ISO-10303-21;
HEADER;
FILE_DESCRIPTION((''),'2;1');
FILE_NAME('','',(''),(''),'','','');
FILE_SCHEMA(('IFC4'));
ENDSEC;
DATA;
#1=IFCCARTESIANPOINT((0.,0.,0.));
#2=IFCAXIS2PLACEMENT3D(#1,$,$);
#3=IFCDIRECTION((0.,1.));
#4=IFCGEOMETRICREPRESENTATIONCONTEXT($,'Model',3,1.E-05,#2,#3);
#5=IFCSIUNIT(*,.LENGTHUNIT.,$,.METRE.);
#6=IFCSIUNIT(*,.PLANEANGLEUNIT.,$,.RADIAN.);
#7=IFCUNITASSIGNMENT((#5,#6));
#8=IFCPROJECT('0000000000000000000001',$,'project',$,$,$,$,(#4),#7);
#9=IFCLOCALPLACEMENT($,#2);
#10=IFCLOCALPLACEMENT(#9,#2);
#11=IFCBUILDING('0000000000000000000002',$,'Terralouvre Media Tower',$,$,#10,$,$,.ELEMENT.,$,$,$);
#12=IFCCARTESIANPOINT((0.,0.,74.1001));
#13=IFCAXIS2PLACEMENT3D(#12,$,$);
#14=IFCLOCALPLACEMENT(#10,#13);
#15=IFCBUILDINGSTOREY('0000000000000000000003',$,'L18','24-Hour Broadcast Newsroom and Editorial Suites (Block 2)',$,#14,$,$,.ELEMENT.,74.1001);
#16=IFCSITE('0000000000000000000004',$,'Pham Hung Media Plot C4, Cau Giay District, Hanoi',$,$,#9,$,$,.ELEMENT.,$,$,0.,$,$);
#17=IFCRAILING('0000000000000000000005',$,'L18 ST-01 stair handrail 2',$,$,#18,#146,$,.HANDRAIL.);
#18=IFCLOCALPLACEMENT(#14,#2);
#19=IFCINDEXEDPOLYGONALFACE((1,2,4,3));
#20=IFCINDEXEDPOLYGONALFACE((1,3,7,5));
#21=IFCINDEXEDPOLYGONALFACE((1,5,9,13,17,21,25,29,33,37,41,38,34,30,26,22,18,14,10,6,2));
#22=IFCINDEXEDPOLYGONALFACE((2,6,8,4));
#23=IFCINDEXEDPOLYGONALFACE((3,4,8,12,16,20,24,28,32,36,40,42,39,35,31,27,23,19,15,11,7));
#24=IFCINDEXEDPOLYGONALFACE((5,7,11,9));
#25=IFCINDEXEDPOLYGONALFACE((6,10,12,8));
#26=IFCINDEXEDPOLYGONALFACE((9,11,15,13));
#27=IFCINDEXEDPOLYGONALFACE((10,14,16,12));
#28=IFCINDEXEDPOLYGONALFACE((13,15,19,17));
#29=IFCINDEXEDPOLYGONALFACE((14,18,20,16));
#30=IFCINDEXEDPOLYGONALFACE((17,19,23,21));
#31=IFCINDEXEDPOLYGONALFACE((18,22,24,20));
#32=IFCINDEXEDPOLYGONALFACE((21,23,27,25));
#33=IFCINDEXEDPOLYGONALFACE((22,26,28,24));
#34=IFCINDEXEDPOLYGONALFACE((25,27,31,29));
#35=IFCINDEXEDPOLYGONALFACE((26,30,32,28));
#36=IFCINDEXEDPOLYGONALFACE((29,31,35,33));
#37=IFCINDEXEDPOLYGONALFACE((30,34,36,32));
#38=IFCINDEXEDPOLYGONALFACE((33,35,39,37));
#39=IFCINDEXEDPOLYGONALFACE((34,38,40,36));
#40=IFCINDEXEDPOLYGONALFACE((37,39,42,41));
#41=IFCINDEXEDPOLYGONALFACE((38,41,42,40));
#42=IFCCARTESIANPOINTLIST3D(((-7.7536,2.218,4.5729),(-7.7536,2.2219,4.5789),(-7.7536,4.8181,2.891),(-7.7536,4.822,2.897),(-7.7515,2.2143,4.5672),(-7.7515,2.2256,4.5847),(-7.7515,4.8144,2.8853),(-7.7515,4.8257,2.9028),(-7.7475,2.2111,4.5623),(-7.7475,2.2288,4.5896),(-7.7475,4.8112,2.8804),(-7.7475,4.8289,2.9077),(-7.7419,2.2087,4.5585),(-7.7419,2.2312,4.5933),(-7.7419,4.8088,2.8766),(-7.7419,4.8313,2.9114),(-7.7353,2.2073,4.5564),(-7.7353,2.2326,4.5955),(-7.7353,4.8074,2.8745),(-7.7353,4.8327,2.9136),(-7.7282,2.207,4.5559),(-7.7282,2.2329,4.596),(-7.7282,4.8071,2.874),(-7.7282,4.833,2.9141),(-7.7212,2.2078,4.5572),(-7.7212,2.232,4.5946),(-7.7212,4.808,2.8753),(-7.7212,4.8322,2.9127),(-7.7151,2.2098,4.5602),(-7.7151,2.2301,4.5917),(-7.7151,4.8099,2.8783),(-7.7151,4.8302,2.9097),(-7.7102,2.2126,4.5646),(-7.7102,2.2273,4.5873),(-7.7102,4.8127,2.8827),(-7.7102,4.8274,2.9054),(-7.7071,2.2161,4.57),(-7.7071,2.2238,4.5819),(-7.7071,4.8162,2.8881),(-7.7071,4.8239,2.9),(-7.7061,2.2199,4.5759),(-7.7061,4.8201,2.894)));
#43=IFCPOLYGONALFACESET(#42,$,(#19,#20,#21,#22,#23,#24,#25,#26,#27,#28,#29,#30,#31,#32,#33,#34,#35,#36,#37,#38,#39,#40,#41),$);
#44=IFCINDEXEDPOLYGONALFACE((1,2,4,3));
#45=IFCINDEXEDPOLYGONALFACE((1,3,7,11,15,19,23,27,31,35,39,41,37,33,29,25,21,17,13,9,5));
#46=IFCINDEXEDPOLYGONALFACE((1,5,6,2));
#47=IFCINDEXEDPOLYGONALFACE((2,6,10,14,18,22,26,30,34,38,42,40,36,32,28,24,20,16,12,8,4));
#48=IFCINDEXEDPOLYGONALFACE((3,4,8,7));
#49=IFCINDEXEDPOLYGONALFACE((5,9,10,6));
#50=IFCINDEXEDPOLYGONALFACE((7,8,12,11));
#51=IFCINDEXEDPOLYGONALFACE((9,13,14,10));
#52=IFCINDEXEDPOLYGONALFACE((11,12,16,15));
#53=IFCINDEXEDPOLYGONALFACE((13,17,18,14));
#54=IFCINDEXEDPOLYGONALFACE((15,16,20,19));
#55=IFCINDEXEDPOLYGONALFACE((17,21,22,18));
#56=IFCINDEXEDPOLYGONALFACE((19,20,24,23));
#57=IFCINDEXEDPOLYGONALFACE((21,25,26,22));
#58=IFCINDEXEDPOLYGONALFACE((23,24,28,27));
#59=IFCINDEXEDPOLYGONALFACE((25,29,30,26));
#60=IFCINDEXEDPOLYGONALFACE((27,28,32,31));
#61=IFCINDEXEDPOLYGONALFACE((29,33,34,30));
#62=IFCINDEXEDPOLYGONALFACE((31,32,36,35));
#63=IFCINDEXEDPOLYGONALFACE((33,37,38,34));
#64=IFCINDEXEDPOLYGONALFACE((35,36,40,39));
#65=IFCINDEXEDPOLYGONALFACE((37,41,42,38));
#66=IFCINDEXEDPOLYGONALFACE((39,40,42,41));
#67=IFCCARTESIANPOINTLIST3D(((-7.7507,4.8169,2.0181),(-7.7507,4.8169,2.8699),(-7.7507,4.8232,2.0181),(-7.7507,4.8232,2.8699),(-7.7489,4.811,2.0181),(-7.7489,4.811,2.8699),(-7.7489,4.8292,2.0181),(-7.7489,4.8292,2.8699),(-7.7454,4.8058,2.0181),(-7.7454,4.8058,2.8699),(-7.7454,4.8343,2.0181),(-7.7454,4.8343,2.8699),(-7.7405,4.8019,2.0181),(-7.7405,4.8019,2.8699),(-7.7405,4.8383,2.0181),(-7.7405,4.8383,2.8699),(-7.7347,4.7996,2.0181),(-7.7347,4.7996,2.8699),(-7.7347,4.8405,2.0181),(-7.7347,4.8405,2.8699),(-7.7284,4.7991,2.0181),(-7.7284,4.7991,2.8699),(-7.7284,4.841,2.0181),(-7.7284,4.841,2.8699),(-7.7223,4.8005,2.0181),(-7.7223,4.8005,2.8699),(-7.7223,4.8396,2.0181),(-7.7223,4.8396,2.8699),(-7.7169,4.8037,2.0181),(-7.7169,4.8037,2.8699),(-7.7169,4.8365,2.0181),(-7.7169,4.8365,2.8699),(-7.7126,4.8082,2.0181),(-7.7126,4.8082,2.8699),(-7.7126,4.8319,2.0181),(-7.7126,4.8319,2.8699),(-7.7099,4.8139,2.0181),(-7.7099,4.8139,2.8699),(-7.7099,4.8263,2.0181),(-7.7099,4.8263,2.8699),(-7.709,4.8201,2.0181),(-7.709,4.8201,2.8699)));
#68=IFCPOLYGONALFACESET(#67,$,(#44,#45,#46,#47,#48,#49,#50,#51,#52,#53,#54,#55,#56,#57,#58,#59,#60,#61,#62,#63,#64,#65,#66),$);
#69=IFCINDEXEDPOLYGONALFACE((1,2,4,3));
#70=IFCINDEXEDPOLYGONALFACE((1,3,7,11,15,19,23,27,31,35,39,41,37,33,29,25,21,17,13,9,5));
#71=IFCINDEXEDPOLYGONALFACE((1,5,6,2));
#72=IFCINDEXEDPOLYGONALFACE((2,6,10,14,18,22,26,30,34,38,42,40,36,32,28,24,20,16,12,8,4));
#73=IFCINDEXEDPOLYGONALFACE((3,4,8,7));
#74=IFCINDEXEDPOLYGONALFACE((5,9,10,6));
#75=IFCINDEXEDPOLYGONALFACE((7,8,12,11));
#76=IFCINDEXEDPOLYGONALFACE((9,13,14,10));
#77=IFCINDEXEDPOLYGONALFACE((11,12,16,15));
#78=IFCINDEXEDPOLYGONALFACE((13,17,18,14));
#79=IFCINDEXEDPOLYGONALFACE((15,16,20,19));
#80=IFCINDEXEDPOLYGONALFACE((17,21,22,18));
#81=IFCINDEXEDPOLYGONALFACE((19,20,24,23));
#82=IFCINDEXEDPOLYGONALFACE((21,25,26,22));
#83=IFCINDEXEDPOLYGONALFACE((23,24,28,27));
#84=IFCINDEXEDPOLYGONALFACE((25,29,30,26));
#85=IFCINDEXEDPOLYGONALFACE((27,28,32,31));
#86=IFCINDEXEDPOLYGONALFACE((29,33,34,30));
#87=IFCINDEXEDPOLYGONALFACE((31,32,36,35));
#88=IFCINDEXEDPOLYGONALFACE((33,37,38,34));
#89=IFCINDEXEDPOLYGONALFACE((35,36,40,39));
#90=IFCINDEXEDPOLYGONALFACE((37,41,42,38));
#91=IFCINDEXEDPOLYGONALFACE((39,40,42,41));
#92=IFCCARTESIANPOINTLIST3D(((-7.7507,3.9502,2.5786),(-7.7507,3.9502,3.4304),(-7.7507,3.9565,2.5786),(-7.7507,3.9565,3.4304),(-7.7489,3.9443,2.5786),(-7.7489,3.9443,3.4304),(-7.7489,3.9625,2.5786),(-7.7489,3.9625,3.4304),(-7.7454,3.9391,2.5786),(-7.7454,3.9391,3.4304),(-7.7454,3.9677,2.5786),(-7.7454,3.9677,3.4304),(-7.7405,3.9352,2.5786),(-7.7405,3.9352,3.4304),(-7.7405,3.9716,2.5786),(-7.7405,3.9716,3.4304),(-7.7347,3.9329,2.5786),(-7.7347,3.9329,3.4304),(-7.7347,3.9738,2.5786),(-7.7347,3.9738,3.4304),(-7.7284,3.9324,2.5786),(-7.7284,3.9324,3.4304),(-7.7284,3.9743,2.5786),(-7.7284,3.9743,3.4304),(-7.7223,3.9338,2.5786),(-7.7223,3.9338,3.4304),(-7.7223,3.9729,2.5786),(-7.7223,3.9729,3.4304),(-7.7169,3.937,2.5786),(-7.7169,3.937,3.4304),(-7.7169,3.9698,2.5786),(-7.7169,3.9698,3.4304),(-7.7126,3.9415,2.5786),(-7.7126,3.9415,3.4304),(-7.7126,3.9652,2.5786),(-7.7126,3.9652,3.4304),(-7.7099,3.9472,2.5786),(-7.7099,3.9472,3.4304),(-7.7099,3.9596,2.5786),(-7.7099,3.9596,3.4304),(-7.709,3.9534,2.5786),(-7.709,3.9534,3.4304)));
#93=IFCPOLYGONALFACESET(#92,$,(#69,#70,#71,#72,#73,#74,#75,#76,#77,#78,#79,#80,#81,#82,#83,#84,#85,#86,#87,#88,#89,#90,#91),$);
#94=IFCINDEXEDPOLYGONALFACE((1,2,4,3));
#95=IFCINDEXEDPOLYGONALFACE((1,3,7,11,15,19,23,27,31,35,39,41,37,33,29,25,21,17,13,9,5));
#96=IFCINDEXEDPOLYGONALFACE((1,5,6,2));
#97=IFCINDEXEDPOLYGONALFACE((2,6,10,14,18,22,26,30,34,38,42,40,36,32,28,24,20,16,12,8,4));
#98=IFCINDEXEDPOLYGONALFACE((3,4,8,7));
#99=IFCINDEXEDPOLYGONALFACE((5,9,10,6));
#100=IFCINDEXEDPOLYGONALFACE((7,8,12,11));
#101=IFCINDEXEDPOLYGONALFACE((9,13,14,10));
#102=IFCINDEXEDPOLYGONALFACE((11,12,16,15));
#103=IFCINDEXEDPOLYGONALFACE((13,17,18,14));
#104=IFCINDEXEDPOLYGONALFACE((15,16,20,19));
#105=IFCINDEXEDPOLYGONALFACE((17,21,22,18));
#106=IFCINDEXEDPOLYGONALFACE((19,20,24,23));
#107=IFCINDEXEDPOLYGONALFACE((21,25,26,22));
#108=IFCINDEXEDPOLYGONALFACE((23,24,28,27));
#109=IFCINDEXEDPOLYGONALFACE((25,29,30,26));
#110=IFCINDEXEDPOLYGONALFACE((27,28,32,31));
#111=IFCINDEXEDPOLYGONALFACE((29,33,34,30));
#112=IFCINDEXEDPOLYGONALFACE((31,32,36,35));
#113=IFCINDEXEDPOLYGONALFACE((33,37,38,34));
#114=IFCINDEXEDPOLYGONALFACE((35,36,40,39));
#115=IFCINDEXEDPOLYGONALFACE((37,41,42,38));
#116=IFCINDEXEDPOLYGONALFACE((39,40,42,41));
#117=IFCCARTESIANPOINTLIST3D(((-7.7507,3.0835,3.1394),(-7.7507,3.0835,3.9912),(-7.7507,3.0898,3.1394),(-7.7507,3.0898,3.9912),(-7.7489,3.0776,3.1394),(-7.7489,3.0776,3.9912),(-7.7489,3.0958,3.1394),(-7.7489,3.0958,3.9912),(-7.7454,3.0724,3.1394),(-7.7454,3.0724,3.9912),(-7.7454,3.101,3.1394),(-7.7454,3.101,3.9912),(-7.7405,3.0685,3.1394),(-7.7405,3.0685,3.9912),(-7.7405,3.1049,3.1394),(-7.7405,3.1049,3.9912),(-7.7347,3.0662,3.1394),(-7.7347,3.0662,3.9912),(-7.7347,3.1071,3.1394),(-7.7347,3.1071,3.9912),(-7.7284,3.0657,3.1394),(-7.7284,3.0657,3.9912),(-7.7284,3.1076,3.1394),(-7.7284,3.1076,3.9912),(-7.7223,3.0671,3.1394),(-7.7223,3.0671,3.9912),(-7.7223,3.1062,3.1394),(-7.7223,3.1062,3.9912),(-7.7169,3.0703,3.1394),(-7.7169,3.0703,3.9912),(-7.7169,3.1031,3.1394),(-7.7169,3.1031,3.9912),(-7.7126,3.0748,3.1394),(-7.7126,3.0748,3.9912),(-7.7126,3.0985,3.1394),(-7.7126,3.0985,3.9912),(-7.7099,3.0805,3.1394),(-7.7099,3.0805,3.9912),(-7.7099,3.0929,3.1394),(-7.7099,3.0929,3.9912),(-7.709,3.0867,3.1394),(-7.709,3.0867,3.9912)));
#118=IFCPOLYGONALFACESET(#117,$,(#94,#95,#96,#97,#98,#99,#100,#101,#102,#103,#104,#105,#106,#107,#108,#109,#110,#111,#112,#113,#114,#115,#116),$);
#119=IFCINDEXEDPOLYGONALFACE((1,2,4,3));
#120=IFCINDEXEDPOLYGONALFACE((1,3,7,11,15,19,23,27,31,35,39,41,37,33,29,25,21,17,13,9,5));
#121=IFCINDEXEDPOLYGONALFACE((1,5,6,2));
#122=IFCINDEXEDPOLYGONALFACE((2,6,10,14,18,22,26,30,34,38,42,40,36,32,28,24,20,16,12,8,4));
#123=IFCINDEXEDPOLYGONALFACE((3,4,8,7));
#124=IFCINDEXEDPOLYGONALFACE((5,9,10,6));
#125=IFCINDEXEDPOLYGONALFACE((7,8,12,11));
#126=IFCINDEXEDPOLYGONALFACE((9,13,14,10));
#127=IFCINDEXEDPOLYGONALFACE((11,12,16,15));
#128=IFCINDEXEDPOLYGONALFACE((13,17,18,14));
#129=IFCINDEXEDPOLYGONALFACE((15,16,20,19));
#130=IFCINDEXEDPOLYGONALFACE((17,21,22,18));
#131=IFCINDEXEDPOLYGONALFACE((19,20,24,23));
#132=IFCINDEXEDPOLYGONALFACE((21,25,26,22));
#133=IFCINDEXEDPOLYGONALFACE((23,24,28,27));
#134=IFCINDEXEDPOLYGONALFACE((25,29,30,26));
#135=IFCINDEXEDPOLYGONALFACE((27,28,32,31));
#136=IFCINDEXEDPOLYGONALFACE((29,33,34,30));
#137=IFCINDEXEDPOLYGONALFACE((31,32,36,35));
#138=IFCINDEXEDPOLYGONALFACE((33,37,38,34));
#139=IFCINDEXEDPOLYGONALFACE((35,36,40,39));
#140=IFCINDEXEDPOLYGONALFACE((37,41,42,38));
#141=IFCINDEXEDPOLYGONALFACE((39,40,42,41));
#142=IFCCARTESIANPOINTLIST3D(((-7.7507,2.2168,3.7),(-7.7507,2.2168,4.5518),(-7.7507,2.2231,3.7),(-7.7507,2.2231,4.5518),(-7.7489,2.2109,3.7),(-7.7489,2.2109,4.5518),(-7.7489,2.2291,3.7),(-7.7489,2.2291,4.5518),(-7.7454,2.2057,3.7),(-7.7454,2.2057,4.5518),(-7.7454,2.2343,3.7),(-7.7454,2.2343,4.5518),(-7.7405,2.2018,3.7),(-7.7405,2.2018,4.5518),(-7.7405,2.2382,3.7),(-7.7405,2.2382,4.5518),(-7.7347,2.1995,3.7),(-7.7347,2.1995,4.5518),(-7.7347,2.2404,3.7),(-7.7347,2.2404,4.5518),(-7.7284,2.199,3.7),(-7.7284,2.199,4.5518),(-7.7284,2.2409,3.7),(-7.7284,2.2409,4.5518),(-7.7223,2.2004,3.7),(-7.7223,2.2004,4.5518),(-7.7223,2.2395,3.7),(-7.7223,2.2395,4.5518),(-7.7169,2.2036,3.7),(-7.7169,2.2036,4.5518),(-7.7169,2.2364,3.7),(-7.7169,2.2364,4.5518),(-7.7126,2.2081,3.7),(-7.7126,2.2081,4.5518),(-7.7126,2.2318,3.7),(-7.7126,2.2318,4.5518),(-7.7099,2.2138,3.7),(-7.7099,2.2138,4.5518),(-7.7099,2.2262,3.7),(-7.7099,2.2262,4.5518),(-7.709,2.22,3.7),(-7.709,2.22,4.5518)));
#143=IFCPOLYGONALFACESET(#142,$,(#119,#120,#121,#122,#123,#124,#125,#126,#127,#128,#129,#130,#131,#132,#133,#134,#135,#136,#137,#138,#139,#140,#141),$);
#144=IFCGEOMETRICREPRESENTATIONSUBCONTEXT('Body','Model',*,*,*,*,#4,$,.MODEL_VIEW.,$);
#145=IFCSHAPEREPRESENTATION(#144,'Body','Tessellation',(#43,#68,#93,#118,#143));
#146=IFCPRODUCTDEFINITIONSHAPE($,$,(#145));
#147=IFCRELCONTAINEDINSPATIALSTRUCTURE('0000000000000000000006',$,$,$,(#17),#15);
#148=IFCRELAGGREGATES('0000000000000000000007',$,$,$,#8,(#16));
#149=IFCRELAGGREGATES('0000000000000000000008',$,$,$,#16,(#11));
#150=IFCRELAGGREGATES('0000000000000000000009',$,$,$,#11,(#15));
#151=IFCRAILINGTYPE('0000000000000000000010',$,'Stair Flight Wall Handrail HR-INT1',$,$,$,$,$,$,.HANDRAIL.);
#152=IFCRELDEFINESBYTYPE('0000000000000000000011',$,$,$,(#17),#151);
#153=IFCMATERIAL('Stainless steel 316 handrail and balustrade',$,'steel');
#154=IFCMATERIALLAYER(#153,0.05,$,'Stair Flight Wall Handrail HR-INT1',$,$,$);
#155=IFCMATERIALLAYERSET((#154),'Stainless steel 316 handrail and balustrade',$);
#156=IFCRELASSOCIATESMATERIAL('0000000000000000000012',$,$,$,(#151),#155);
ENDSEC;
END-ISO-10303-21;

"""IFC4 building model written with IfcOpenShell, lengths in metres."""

from ifc_helpers import new_model, si_unit, direction, frame, origin, origin_2d, place, context, subcontext, project, spatial, circle, extrude, material, layer, layer_set, type_object, element, save


model = new_model("IFC4")

# Units and contexts
model_context = context("Model", 3, precision=1e-05, world=origin(), true_north=direction((0.0, 1.0)))
body_context = subcontext(model_context, "Body", "Model", "MODEL_VIEW")
ifc_project = project(units=[si_unit("LENGTHUNIT", "METRE"), si_unit("PLANEANGLEUNIT", "RADIAN")], contexts=[model_context])

# Site, building, storey
site_placement = place(None, origin())
site = spatial("IfcSite", under=ifc_project, at=site_placement, Name="Pham Hung Media Plot C4, Cau Giay District, Hanoi", CompositionType="ELEMENT", RefElevation=0.0)
building_placement = place(site_placement, origin())
building = spatial("IfcBuilding", under=site, at=building_placement, Name="Terralouvre Media Tower", CompositionType="ELEMENT")
storey_placement = place(building_placement, frame((0.0, 0.0, 74.1001)))
storey = spatial("IfcBuildingStorey", under=building, at=storey_placement, Name="L18", Description="24-Hour Broadcast Newsroom and Editorial Suites (Block 2)", CompositionType="ELEMENT", Elevation=74.1001)

# Railing
ifc_material_1 = material(Name="Stainless steel 316 handrail and balustrade", Category="steel")
ifc_layer_1 = layer(ifc_material_1, 0.05, Name="Stair Flight Wall Handrail HR-INT1")
ifc_layer_set_1 = layer_set([ifc_layer_1], Name="Stainless steel 316 handrail and balustrade")
railing_type_1 = type_object("IfcRailingType", Name="Stair Flight Wall Handrail HR-INT1", PredefinedType="HANDRAIL", material=ifc_layer_set_1)
railing_1_placement = place(storey_placement, frame((-7.73, 4.8201, 2.0181)))
element("IfcRailing", 1, at=railing_1_placement, inside=storey, type_object=railing_type_1, Name="L18 ST-01 stair handrail 2", PredefinedType="HANDRAIL", context=body_context, shape_type="SweptSolid", body=[
    extrude(circle(Radius=0.0239, at=origin_2d()), frame((0.0, 0.0, 0.876), z_axis=(0.0, -0.839648, 0.54313), x_axis=(1.0, 0.0, 0.0)), (0.0, 0.0, 1.0), 3.0967),
    extrude(circle(Radius=0.021, at=origin_2d()), origin(), (0.0, 0.0, 1.0), 0.8518),
    extrude(circle(Radius=0.021, at=origin_2d()), frame((0.0, -0.8667, 0.5605)), (0.0, 0.0, 1.0), 0.8518),
    extrude(circle(Radius=0.021, at=origin_2d()), frame((0.0, -1.7334, 1.1213)), (0.0, 0.0, 1.0), 0.8518),
    extrude(circle(Radius=0.021, at=origin_2d()), frame((0.0, -2.6001, 1.6819)), (0.0, 0.0, 1.0), 0.8518),
])

save(model, "model.ifc")
